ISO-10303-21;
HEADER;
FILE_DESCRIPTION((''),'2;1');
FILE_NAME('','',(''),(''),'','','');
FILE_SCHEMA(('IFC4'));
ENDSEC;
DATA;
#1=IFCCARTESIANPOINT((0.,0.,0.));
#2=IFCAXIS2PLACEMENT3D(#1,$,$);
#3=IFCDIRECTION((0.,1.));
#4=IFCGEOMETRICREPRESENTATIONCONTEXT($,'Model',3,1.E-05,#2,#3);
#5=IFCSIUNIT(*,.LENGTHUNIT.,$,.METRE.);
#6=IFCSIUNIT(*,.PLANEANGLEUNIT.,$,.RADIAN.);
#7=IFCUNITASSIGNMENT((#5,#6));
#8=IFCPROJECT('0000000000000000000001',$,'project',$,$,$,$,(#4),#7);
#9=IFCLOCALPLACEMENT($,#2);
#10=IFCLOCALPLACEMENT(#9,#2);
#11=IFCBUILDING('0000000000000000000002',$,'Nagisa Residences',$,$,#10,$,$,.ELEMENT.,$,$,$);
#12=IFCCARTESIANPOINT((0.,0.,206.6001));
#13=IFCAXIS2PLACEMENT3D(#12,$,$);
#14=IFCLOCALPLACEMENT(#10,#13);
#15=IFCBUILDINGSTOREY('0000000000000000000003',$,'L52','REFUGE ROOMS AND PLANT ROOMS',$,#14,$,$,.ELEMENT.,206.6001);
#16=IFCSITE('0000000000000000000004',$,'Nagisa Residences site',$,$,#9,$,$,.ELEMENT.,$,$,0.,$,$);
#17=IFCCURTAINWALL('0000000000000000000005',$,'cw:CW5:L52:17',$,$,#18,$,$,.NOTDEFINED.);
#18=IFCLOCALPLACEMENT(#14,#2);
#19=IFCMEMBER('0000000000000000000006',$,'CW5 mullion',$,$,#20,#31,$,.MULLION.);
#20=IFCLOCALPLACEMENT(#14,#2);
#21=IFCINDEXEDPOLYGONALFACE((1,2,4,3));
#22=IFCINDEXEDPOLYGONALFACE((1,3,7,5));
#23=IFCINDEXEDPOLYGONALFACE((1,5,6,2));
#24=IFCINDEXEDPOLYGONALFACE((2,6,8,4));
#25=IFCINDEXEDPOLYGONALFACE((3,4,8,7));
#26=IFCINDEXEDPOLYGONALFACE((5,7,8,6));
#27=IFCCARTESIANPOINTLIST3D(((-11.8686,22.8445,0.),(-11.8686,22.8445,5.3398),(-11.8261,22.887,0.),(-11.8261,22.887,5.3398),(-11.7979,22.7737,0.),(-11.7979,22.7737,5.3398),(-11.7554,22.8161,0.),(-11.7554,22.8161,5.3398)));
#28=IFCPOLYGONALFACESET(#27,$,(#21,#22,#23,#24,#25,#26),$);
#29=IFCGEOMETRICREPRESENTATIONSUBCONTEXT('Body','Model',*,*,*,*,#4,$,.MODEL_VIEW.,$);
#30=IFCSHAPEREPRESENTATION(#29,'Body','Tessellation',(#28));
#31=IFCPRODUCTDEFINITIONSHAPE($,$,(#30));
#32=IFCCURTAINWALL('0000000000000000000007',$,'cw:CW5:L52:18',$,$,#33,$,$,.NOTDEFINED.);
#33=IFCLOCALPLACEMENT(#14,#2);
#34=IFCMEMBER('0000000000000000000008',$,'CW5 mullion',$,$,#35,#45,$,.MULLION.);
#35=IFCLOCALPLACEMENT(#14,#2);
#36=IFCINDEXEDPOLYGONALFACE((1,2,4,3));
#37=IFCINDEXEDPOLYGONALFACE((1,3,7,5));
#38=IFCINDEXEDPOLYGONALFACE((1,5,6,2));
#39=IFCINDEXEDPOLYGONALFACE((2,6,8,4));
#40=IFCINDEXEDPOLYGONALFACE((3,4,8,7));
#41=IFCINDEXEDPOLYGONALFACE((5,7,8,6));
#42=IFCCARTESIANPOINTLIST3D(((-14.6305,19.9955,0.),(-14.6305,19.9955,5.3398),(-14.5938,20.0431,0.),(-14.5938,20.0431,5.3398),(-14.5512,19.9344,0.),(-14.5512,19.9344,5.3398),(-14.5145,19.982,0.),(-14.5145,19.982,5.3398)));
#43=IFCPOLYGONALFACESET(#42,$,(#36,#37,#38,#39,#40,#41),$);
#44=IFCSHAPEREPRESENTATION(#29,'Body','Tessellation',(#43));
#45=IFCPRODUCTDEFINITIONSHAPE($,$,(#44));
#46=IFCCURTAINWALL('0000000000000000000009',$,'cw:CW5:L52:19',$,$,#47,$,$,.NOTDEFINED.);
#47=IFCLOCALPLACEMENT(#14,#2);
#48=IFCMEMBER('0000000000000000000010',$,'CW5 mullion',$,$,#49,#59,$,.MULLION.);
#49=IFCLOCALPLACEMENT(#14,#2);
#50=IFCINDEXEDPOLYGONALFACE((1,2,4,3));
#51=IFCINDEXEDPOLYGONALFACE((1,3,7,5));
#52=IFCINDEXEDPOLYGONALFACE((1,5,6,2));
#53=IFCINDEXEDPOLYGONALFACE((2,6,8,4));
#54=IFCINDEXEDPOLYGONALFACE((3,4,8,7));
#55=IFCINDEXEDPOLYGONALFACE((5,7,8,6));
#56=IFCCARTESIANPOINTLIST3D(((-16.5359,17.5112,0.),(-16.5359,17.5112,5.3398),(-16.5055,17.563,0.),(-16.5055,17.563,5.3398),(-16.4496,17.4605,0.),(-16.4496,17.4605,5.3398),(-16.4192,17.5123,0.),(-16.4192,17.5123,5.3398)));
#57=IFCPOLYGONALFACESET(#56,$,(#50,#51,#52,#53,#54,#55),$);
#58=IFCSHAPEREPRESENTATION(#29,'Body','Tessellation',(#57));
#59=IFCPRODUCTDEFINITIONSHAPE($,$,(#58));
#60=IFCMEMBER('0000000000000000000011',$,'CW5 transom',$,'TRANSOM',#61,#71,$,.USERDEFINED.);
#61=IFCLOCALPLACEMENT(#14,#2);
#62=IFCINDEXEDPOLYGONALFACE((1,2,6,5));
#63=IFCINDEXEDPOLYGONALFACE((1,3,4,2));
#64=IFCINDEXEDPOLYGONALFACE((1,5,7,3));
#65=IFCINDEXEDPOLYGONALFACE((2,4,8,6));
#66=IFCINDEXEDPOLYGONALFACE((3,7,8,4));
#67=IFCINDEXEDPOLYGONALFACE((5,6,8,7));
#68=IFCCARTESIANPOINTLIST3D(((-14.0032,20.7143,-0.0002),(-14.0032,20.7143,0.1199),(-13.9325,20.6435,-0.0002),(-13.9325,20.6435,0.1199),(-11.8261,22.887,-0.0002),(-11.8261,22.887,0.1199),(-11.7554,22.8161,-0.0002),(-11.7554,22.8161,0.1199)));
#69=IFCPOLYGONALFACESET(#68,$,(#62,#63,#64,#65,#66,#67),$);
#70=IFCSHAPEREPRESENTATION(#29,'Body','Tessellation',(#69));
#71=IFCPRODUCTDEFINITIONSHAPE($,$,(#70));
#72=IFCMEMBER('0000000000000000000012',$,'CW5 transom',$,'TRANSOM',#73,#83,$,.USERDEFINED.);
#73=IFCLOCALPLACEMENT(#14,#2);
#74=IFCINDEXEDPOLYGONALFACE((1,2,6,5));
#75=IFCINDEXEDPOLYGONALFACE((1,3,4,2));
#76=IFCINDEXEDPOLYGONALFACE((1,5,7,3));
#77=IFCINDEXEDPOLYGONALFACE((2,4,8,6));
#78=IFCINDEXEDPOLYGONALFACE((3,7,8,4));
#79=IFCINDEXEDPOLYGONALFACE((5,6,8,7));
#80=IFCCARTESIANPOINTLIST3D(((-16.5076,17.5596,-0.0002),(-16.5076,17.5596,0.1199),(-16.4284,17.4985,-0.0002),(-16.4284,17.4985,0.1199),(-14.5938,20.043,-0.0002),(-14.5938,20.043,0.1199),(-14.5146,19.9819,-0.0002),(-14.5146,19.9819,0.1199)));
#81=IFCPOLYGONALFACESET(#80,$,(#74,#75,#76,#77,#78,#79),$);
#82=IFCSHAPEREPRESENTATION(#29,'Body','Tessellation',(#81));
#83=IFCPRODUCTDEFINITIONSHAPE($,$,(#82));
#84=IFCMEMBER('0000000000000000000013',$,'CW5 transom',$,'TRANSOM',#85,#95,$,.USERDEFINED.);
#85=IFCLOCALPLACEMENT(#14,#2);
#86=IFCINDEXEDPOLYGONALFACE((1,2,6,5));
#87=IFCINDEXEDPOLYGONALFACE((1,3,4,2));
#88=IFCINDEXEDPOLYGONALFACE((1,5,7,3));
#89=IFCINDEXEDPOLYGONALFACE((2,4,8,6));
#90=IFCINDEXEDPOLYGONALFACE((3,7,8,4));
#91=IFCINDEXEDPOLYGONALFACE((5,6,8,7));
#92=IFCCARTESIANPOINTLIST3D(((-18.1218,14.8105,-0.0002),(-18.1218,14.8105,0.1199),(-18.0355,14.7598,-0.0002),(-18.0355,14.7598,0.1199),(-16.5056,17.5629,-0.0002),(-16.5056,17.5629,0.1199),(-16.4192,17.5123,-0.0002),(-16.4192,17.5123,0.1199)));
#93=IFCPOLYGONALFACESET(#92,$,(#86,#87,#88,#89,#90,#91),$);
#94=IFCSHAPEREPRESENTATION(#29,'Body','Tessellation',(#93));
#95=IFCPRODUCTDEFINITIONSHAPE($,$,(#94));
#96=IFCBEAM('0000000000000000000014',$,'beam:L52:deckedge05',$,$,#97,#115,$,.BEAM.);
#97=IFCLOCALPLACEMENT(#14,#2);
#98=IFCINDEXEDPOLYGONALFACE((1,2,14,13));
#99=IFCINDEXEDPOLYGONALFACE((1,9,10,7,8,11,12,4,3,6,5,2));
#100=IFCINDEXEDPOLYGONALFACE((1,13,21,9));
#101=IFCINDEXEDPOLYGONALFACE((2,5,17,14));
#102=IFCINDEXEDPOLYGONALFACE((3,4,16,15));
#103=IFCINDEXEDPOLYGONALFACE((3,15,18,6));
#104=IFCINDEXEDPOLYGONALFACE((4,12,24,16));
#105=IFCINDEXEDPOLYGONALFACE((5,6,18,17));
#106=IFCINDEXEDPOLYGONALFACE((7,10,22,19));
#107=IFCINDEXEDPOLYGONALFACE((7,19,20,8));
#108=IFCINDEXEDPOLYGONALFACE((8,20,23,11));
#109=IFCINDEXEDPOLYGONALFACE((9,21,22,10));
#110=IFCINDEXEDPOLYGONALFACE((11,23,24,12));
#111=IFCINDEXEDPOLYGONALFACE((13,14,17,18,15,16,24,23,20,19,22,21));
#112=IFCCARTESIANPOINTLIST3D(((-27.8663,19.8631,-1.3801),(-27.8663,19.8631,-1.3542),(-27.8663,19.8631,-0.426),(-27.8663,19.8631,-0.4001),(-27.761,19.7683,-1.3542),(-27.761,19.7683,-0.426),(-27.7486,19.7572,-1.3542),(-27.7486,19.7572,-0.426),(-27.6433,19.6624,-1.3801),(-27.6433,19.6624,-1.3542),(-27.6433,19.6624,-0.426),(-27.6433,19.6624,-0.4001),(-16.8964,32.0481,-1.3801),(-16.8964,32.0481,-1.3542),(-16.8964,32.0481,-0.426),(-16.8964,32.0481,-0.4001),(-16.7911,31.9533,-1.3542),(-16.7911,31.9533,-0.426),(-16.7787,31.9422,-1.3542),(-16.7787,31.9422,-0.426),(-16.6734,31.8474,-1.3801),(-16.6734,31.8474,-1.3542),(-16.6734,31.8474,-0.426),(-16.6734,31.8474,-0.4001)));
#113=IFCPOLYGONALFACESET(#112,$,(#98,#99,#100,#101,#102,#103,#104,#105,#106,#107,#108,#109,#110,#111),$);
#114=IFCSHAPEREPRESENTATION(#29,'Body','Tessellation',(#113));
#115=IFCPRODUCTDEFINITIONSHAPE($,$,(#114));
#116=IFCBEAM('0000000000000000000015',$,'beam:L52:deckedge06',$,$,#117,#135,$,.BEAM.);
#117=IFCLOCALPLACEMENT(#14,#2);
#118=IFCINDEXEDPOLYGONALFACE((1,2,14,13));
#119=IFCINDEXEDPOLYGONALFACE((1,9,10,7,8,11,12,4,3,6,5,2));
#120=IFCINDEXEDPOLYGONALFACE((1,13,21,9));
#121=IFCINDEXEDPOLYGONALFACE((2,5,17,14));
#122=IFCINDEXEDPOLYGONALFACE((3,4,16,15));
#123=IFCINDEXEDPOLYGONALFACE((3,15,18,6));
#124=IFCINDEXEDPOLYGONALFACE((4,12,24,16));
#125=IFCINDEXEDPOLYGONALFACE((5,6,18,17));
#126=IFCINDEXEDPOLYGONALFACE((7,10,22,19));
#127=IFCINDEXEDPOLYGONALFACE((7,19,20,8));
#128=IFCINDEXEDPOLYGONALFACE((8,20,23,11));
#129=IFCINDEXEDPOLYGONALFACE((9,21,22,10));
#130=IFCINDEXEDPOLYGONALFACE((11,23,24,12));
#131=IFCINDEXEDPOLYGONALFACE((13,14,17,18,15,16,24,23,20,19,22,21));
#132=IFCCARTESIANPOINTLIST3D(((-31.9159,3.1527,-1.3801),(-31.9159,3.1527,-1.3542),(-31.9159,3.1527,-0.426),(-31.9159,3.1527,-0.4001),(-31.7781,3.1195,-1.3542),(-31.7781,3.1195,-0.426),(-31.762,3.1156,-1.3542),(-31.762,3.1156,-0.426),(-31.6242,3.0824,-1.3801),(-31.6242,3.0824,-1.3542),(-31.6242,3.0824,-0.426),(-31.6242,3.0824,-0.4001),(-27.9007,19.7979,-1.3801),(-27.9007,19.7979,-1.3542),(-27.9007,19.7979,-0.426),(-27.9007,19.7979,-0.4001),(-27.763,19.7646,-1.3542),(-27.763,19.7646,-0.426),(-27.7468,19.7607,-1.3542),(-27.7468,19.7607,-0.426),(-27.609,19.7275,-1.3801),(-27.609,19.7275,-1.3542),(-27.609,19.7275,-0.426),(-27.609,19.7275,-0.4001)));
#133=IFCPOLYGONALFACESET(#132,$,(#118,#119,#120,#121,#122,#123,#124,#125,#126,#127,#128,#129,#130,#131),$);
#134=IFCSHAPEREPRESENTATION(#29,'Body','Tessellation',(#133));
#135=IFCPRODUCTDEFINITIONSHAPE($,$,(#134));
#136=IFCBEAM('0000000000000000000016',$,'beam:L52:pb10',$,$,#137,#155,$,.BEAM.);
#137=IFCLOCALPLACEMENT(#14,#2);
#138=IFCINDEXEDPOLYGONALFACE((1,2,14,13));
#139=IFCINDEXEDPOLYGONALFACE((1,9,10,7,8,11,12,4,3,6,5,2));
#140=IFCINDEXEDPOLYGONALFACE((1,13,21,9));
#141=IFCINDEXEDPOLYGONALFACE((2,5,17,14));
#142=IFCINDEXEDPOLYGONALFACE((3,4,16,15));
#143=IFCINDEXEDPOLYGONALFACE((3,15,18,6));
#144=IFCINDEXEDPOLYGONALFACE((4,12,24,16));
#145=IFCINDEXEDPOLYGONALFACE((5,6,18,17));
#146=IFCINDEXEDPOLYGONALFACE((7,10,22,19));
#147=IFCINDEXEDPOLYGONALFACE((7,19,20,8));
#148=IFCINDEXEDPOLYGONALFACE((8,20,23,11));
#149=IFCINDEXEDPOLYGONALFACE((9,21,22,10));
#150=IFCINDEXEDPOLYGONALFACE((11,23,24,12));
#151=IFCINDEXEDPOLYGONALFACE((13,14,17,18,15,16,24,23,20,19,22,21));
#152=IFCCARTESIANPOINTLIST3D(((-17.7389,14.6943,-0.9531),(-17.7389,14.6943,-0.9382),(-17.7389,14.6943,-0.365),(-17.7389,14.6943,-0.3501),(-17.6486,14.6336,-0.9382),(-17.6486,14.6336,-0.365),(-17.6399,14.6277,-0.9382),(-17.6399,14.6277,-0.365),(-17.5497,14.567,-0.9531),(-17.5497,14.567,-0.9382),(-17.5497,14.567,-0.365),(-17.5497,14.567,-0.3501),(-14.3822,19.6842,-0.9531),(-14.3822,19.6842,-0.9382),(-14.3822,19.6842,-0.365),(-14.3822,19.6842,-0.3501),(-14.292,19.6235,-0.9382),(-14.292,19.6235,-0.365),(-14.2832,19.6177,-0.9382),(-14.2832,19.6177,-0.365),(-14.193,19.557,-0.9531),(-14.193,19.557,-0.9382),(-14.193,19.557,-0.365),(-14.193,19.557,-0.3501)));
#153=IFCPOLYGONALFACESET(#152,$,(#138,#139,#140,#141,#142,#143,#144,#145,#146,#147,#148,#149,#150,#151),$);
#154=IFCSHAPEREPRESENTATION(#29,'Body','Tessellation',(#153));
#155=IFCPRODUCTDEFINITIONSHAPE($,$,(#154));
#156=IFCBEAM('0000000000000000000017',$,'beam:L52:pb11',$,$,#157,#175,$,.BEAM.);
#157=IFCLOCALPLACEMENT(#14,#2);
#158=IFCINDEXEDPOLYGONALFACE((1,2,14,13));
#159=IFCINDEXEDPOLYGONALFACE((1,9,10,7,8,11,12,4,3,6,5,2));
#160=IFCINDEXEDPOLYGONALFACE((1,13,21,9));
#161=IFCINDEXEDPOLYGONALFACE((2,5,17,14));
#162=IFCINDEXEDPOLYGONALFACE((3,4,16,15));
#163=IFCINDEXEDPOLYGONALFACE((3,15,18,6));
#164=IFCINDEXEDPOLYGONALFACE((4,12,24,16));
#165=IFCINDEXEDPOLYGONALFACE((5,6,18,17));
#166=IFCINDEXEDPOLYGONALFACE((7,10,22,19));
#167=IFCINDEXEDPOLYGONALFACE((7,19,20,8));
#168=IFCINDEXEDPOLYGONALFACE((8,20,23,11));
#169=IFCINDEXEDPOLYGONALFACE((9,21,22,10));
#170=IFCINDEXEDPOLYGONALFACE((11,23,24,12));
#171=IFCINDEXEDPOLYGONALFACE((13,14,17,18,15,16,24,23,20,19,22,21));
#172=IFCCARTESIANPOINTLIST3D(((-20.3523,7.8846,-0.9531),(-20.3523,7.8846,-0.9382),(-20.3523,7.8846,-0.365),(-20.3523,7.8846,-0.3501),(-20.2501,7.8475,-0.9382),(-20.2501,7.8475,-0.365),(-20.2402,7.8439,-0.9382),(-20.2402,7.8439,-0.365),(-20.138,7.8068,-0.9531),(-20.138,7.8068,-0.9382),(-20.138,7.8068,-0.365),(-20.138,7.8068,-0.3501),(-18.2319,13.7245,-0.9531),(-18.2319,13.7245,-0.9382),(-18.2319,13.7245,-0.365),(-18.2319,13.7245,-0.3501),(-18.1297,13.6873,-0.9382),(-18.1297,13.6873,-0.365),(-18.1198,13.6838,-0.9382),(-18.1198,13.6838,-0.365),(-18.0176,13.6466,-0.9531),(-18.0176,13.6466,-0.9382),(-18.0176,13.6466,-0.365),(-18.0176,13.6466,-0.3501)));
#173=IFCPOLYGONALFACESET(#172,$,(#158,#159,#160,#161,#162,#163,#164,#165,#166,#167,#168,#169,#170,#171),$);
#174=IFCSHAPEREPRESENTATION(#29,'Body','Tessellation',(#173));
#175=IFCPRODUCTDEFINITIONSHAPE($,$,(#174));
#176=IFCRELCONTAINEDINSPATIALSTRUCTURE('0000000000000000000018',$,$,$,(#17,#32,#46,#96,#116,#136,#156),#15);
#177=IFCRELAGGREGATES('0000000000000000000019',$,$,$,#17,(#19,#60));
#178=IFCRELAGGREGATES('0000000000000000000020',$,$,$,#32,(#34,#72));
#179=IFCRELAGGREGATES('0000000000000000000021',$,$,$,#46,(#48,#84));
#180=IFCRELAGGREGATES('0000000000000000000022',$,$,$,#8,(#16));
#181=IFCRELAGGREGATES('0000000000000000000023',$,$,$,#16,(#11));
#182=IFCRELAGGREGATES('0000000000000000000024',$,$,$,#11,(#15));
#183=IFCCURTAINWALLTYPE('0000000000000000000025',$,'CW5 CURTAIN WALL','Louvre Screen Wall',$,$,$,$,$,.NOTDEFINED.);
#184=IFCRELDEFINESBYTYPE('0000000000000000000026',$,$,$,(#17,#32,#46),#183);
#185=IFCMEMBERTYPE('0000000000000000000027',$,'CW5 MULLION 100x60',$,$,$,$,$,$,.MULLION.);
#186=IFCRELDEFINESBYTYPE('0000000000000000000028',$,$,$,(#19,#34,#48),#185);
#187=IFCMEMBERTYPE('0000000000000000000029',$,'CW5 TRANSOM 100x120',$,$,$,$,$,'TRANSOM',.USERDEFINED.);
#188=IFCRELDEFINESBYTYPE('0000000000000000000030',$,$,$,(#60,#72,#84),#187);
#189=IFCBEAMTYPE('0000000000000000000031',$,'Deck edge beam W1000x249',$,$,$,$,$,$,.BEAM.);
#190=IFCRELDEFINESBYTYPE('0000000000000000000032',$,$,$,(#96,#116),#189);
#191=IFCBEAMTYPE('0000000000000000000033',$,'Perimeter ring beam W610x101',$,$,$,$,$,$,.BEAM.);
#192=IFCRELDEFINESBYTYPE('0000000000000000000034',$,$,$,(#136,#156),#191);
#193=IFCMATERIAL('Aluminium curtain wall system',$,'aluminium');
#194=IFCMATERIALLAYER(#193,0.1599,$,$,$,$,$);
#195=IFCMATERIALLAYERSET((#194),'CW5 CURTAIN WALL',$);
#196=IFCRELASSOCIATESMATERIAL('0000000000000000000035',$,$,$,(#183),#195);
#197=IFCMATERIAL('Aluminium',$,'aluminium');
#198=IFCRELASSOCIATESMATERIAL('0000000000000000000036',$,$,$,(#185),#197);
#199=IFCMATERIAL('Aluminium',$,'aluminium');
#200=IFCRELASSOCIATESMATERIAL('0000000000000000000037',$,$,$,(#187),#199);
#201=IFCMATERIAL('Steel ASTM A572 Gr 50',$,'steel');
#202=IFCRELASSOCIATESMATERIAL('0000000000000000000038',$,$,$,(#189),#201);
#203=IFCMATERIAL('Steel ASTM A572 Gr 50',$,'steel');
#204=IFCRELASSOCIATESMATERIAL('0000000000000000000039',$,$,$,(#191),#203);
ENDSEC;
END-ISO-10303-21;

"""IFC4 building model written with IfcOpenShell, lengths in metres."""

from ifc_helpers import new_model, si_unit, direction, frame, origin, origin_2d, place, context, subcontext, project, spatial, rectangle, i_section, extrude, material, layer, layer_set, material_profile, profile_set, type_object, element, aggregate, save


model = new_model("IFC4")

# Units and contexts
model_context = context("Model", 3, precision=1e-05, world=origin(), true_north=direction((0.0, 1.0)))
body_context = subcontext(model_context, "Body", "Model", "MODEL_VIEW")
ifc_project = project(units=[si_unit("LENGTHUNIT", "METRE"), si_unit("PLANEANGLEUNIT", "RADIAN")], contexts=[model_context])

# Site, building, storey
site_placement = place(None, origin())
site = spatial("IfcSite", under=ifc_project, at=site_placement, Name="Nagisa Residences site", CompositionType="ELEMENT", RefElevation=0.0)
building_placement = place(site_placement, origin())
building = spatial("IfcBuilding", under=site, at=building_placement, Name="Nagisa Residences", CompositionType="ELEMENT")
storey_placement = place(building_placement, frame((0.0, 0.0, 206.6001)))
storey = spatial("IfcBuildingStorey", under=building, at=storey_placement, Name="L52", Description="REFUGE ROOMS AND PLANT ROOMS", CompositionType="ELEMENT", Elevation=206.6001)

# Curtain walls, members
ifc_material_1 = material(Name="Aluminium curtain wall system", Category="aluminium")
ifc_layer_1 = layer(ifc_material_1, 0.1599)
ifc_layer_set_1 = layer_set([ifc_layer_1], Name="CW5 CURTAIN WALL")
curtain_wall_type = type_object("IfcCurtainWallType", Name="CW5 CURTAIN WALL", Description="Louvre Screen Wall", PredefinedType="NOTDEFINED", material=ifc_layer_set_1)
curtain_wall_1_placement = place(storey_placement, origin())
curtain_wall_1 = element("IfcCurtainWall", 1, at=curtain_wall_1_placement, inside=storey, type_object=curtain_wall_type, Name="cw:CW5:L52:17", PredefinedType="NOTDEFINED")
ifc_material_2 = material(Name="Aluminium", Category="aluminium")
ifc_material_profile_1 = material_profile(ifc_material_2, rectangle(XDim=0.1001, YDim=0.0601, at=origin_2d()), Name="CW5 MULLION 100x60")
ifc_profile_set_1 = profile_set([ifc_material_profile_1], Name="Aluminium")
member_type_1 = type_object("IfcMemberType", Name="CW5 MULLION 100x60", PredefinedType="MULLION", material=ifc_profile_set_1)
member_1_placement = place(storey_placement, frame((-11.812, 22.8303, 0.0), z_axis=(0.0, 0.0, 1.0), x_axis=(0.706377, -0.707836, 0.0)))
member_1 = element("IfcMember", 2, at=member_1_placement, type_object=member_type_1, Name="CW5 mullion", PredefinedType="MULLION", context=body_context, shape_type="SweptSolid", body=[
    extrude(rectangle(XDim=0.1001, YDim=0.0601, at=origin_2d()), origin(), (0.0, 0.0, 1.0), 5.3398),
])
curtain_wall_2_placement = place(storey_placement, origin())
curtain_wall_2 = element("IfcCurtainWall", 3, at=curtain_wall_2_placement, inside=storey, type_object=curtain_wall_type, Name="cw:CW5:L52:18", PredefinedType="NOTDEFINED")
member_2_placement = place(storey_placement, frame((-14.5725, 19.9888, 0.0), z_axis=(0.0, 0.0, 1.0), x_axis=(0.79207, -0.61043, 0.0)))
member_2 = element("IfcMember", 4, at=member_2_placement, type_object=member_type_1, Name="CW5 mullion", PredefinedType="MULLION", context=body_context, shape_type="SweptSolid", body=[
    extrude(rectangle(XDim=0.1001, YDim=0.0601, at=origin_2d()), origin(), (0.0, 0.0, 1.0), 5.3398),
])
curtain_wall_3_placement = place(storey_placement, origin())
curtain_wall_3 = element("IfcCurtainWall", 5, at=curtain_wall_3_placement, inside=storey, type_object=curtain_wall_type, Name="cw:CW5:L52:19", PredefinedType="NOTDEFINED")
member_3_placement = place(storey_placement, frame((-16.4775, 17.5117, 0.0), z_axis=(0.0, 0.0, 1.0), x_axis=(0.862329, -0.506349, 0.0)))
member_3 = element("IfcMember", 6, at=member_3_placement, type_object=member_type_1, Name="CW5 mullion", PredefinedType="MULLION", context=body_context, shape_type="SweptSolid", body=[
    extrude(rectangle(XDim=0.1001, YDim=0.0601, at=origin_2d()), origin(), (0.0, 0.0, 1.0), 5.3398),
])

# Members
ifc_material_3 = material(Name="Aluminium", Category="aluminium")
ifc_material_profile_2 = material_profile(ifc_material_3, rectangle(XDim=0.1001, YDim=0.1201, at=origin_2d()), Name="CW5 TRANSOM 100x120")
ifc_profile_set_2 = profile_set([ifc_material_profile_2], Name="Aluminium")
member_type_2 = type_object("IfcMemberType", Name="CW5 TRANSOM 100x120", ElementType="TRANSOM", PredefinedType="USERDEFINED", material=ifc_profile_set_2)
member_4_placement = place(storey_placement, frame((-11.7908, 22.8516, 0.0598), z_axis=(-0.707821, -0.706392, 0.0), x_axis=(0.706392, -0.707821, 0.0)))
member_4 = element("IfcMember", 7, at=member_4_placement, type_object=member_type_2, Name="CW5 transom", ObjectType="TRANSOM", PredefinedType="USERDEFINED", context=body_context, shape_type="SweptSolid", body=[
    extrude(rectangle(XDim=0.1001, YDim=0.1201, at=origin_2d()), origin(), (0.0, 0.0, 1.0), 3.0757),
])
member_5_placement = place(storey_placement, frame((-14.5542, 20.0125, 0.0598), z_axis=(-0.610414, -0.792082, 0.0), x_axis=(0.792082, -0.610414, 0.0)))
member_5 = element("IfcMember", 8, at=member_5_placement, type_object=member_type_2, Name="CW5 transom", ObjectType="TRANSOM", PredefinedType="USERDEFINED", context=body_context, shape_type="SweptSolid", body=[
    extrude(rectangle(XDim=0.1001, YDim=0.1201, at=origin_2d()), origin(), (0.0, 0.0, 1.0), 3.1353),
])
member_6_placement = place(storey_placement, frame((-16.4624, 17.5376, 0.0598), z_axis=(-0.506351, -0.862327, 0.0), x_axis=(0.862327, -0.506351, 0.0)))
member_6 = element("IfcMember", 9, at=member_6_placement, type_object=member_type_2, Name="CW5 transom", ObjectType="TRANSOM", PredefinedType="USERDEFINED", context=body_context, shape_type="SweptSolid", body=[
    extrude(rectangle(XDim=0.1001, YDim=0.1201, at=origin_2d()), origin(), (0.0, 0.0, 1.0), 3.1919),
])

# Beams
ifc_material_4 = material(Name="Steel ASTM A572 Gr 50", Category="steel")
ifc_material_profile_3 = material_profile(ifc_material_4, i_section(OverallWidth=0.3, OverallDepth=0.98, WebThickness=0.0166, FlangeThickness=0.0259, at=origin_2d()), Name="W1000x249")
ifc_profile_set_3 = profile_set([ifc_material_profile_3], Name="Steel ASTM A572 Gr 50")
beam_type_1 = type_object("IfcBeamType", Name="Deck edge beam W1000x249", PredefinedType="BEAM", material=ifc_profile_set_3)
beam_1_placement = place(storey_placement, frame((-16.7849, 31.9478, -0.8901), z_axis=(-0.66908, -0.74319, 0.0), x_axis=(0.74319, -0.66908, 0.0)))
element("IfcBeam", 10, at=beam_1_placement, inside=storey, type_object=beam_type_1, Name="beam:L52:deckedge05", PredefinedType="BEAM", context=body_context, shape_type="SweptSolid", body=[
    extrude(i_section(OverallWidth=0.3, OverallDepth=0.98, WebThickness=0.0166, FlangeThickness=0.0259, at=origin_2d()), origin(), (0.0, 0.0, 1.0), 16.3955),
])
beam_2_placement = place(storey_placement, frame((-27.7549, 19.7627, -0.8901), z_axis=(-0.234496, -0.972117, 0.0), x_axis=(0.972117, -0.234496, 0.0)))
element("IfcBeam", 11, at=beam_2_placement, inside=storey, type_object=beam_type_1, Name="beam:L52:deckedge06", PredefinedType="BEAM", context=body_context, shape_type="SweptSolid", body=[
    extrude(i_section(OverallWidth=0.3, OverallDepth=0.98, WebThickness=0.0166, FlangeThickness=0.0259, at=origin_2d()), origin(), (0.0, 0.0, 1.0), 17.1226),
])
ifc_material_5 = material(Name="Steel ASTM A572 Gr 50", Category="steel")
ifc_material_profile_4 = material_profile(ifc_material_5, i_section(OverallWidth=0.228, OverallDepth=0.603, WebThickness=0.0105, FlangeThickness=0.0149, at=origin_2d()), Name="W610x101")
ifc_profile_set_4 = profile_set([ifc_material_profile_4], Name="Steel ASTM A572 Gr 50")
beam_type_2 = type_object("IfcBeamType", Name="Perimeter ring beam W610x101", PredefinedType="BEAM", material=ifc_profile_set_4)
beam_3_placement = place(storey_placement, frame((-14.2876, 19.6206, -0.6516), z_axis=(-0.558152, -0.829739, 0.0), x_axis=(0.829739, -0.558152, 0.0)))
element("IfcBeam", 12, at=beam_3_placement, inside=storey, type_object=beam_type_2, Name="beam:L52:pb10", PredefinedType="BEAM", context=body_context, shape_type="SweptSolid", body=[
    extrude(i_section(OverallWidth=0.228, OverallDepth=0.603, WebThickness=0.0105, FlangeThickness=0.0149, at=origin_2d()), origin(), (0.0, 0.0, 1.0), 6.0139),
])
beam_4_placement = place(storey_placement, frame((-18.1248, 13.6855, -0.6516), z_axis=(-0.341286, -0.93996, 0.0), x_axis=(0.93996, -0.341286, 0.0)))
element("IfcBeam", 13, at=beam_4_placement, inside=storey, type_object=beam_type_2, Name="beam:L52:pb11", PredefinedType="BEAM", context=body_context, shape_type="SweptSolid", body=[
    extrude(i_section(OverallWidth=0.228, OverallDepth=0.603, WebThickness=0.0105, FlangeThickness=0.0149, at=origin_2d()), origin(), (0.0, 0.0, 1.0), 6.2129),
])

aggregate(curtain_wall_1, [member_1, member_4])
aggregate(curtain_wall_2, [member_2, member_5])
aggregate(curtain_wall_3, [member_3, member_6])

save(model, "model.ifc")
